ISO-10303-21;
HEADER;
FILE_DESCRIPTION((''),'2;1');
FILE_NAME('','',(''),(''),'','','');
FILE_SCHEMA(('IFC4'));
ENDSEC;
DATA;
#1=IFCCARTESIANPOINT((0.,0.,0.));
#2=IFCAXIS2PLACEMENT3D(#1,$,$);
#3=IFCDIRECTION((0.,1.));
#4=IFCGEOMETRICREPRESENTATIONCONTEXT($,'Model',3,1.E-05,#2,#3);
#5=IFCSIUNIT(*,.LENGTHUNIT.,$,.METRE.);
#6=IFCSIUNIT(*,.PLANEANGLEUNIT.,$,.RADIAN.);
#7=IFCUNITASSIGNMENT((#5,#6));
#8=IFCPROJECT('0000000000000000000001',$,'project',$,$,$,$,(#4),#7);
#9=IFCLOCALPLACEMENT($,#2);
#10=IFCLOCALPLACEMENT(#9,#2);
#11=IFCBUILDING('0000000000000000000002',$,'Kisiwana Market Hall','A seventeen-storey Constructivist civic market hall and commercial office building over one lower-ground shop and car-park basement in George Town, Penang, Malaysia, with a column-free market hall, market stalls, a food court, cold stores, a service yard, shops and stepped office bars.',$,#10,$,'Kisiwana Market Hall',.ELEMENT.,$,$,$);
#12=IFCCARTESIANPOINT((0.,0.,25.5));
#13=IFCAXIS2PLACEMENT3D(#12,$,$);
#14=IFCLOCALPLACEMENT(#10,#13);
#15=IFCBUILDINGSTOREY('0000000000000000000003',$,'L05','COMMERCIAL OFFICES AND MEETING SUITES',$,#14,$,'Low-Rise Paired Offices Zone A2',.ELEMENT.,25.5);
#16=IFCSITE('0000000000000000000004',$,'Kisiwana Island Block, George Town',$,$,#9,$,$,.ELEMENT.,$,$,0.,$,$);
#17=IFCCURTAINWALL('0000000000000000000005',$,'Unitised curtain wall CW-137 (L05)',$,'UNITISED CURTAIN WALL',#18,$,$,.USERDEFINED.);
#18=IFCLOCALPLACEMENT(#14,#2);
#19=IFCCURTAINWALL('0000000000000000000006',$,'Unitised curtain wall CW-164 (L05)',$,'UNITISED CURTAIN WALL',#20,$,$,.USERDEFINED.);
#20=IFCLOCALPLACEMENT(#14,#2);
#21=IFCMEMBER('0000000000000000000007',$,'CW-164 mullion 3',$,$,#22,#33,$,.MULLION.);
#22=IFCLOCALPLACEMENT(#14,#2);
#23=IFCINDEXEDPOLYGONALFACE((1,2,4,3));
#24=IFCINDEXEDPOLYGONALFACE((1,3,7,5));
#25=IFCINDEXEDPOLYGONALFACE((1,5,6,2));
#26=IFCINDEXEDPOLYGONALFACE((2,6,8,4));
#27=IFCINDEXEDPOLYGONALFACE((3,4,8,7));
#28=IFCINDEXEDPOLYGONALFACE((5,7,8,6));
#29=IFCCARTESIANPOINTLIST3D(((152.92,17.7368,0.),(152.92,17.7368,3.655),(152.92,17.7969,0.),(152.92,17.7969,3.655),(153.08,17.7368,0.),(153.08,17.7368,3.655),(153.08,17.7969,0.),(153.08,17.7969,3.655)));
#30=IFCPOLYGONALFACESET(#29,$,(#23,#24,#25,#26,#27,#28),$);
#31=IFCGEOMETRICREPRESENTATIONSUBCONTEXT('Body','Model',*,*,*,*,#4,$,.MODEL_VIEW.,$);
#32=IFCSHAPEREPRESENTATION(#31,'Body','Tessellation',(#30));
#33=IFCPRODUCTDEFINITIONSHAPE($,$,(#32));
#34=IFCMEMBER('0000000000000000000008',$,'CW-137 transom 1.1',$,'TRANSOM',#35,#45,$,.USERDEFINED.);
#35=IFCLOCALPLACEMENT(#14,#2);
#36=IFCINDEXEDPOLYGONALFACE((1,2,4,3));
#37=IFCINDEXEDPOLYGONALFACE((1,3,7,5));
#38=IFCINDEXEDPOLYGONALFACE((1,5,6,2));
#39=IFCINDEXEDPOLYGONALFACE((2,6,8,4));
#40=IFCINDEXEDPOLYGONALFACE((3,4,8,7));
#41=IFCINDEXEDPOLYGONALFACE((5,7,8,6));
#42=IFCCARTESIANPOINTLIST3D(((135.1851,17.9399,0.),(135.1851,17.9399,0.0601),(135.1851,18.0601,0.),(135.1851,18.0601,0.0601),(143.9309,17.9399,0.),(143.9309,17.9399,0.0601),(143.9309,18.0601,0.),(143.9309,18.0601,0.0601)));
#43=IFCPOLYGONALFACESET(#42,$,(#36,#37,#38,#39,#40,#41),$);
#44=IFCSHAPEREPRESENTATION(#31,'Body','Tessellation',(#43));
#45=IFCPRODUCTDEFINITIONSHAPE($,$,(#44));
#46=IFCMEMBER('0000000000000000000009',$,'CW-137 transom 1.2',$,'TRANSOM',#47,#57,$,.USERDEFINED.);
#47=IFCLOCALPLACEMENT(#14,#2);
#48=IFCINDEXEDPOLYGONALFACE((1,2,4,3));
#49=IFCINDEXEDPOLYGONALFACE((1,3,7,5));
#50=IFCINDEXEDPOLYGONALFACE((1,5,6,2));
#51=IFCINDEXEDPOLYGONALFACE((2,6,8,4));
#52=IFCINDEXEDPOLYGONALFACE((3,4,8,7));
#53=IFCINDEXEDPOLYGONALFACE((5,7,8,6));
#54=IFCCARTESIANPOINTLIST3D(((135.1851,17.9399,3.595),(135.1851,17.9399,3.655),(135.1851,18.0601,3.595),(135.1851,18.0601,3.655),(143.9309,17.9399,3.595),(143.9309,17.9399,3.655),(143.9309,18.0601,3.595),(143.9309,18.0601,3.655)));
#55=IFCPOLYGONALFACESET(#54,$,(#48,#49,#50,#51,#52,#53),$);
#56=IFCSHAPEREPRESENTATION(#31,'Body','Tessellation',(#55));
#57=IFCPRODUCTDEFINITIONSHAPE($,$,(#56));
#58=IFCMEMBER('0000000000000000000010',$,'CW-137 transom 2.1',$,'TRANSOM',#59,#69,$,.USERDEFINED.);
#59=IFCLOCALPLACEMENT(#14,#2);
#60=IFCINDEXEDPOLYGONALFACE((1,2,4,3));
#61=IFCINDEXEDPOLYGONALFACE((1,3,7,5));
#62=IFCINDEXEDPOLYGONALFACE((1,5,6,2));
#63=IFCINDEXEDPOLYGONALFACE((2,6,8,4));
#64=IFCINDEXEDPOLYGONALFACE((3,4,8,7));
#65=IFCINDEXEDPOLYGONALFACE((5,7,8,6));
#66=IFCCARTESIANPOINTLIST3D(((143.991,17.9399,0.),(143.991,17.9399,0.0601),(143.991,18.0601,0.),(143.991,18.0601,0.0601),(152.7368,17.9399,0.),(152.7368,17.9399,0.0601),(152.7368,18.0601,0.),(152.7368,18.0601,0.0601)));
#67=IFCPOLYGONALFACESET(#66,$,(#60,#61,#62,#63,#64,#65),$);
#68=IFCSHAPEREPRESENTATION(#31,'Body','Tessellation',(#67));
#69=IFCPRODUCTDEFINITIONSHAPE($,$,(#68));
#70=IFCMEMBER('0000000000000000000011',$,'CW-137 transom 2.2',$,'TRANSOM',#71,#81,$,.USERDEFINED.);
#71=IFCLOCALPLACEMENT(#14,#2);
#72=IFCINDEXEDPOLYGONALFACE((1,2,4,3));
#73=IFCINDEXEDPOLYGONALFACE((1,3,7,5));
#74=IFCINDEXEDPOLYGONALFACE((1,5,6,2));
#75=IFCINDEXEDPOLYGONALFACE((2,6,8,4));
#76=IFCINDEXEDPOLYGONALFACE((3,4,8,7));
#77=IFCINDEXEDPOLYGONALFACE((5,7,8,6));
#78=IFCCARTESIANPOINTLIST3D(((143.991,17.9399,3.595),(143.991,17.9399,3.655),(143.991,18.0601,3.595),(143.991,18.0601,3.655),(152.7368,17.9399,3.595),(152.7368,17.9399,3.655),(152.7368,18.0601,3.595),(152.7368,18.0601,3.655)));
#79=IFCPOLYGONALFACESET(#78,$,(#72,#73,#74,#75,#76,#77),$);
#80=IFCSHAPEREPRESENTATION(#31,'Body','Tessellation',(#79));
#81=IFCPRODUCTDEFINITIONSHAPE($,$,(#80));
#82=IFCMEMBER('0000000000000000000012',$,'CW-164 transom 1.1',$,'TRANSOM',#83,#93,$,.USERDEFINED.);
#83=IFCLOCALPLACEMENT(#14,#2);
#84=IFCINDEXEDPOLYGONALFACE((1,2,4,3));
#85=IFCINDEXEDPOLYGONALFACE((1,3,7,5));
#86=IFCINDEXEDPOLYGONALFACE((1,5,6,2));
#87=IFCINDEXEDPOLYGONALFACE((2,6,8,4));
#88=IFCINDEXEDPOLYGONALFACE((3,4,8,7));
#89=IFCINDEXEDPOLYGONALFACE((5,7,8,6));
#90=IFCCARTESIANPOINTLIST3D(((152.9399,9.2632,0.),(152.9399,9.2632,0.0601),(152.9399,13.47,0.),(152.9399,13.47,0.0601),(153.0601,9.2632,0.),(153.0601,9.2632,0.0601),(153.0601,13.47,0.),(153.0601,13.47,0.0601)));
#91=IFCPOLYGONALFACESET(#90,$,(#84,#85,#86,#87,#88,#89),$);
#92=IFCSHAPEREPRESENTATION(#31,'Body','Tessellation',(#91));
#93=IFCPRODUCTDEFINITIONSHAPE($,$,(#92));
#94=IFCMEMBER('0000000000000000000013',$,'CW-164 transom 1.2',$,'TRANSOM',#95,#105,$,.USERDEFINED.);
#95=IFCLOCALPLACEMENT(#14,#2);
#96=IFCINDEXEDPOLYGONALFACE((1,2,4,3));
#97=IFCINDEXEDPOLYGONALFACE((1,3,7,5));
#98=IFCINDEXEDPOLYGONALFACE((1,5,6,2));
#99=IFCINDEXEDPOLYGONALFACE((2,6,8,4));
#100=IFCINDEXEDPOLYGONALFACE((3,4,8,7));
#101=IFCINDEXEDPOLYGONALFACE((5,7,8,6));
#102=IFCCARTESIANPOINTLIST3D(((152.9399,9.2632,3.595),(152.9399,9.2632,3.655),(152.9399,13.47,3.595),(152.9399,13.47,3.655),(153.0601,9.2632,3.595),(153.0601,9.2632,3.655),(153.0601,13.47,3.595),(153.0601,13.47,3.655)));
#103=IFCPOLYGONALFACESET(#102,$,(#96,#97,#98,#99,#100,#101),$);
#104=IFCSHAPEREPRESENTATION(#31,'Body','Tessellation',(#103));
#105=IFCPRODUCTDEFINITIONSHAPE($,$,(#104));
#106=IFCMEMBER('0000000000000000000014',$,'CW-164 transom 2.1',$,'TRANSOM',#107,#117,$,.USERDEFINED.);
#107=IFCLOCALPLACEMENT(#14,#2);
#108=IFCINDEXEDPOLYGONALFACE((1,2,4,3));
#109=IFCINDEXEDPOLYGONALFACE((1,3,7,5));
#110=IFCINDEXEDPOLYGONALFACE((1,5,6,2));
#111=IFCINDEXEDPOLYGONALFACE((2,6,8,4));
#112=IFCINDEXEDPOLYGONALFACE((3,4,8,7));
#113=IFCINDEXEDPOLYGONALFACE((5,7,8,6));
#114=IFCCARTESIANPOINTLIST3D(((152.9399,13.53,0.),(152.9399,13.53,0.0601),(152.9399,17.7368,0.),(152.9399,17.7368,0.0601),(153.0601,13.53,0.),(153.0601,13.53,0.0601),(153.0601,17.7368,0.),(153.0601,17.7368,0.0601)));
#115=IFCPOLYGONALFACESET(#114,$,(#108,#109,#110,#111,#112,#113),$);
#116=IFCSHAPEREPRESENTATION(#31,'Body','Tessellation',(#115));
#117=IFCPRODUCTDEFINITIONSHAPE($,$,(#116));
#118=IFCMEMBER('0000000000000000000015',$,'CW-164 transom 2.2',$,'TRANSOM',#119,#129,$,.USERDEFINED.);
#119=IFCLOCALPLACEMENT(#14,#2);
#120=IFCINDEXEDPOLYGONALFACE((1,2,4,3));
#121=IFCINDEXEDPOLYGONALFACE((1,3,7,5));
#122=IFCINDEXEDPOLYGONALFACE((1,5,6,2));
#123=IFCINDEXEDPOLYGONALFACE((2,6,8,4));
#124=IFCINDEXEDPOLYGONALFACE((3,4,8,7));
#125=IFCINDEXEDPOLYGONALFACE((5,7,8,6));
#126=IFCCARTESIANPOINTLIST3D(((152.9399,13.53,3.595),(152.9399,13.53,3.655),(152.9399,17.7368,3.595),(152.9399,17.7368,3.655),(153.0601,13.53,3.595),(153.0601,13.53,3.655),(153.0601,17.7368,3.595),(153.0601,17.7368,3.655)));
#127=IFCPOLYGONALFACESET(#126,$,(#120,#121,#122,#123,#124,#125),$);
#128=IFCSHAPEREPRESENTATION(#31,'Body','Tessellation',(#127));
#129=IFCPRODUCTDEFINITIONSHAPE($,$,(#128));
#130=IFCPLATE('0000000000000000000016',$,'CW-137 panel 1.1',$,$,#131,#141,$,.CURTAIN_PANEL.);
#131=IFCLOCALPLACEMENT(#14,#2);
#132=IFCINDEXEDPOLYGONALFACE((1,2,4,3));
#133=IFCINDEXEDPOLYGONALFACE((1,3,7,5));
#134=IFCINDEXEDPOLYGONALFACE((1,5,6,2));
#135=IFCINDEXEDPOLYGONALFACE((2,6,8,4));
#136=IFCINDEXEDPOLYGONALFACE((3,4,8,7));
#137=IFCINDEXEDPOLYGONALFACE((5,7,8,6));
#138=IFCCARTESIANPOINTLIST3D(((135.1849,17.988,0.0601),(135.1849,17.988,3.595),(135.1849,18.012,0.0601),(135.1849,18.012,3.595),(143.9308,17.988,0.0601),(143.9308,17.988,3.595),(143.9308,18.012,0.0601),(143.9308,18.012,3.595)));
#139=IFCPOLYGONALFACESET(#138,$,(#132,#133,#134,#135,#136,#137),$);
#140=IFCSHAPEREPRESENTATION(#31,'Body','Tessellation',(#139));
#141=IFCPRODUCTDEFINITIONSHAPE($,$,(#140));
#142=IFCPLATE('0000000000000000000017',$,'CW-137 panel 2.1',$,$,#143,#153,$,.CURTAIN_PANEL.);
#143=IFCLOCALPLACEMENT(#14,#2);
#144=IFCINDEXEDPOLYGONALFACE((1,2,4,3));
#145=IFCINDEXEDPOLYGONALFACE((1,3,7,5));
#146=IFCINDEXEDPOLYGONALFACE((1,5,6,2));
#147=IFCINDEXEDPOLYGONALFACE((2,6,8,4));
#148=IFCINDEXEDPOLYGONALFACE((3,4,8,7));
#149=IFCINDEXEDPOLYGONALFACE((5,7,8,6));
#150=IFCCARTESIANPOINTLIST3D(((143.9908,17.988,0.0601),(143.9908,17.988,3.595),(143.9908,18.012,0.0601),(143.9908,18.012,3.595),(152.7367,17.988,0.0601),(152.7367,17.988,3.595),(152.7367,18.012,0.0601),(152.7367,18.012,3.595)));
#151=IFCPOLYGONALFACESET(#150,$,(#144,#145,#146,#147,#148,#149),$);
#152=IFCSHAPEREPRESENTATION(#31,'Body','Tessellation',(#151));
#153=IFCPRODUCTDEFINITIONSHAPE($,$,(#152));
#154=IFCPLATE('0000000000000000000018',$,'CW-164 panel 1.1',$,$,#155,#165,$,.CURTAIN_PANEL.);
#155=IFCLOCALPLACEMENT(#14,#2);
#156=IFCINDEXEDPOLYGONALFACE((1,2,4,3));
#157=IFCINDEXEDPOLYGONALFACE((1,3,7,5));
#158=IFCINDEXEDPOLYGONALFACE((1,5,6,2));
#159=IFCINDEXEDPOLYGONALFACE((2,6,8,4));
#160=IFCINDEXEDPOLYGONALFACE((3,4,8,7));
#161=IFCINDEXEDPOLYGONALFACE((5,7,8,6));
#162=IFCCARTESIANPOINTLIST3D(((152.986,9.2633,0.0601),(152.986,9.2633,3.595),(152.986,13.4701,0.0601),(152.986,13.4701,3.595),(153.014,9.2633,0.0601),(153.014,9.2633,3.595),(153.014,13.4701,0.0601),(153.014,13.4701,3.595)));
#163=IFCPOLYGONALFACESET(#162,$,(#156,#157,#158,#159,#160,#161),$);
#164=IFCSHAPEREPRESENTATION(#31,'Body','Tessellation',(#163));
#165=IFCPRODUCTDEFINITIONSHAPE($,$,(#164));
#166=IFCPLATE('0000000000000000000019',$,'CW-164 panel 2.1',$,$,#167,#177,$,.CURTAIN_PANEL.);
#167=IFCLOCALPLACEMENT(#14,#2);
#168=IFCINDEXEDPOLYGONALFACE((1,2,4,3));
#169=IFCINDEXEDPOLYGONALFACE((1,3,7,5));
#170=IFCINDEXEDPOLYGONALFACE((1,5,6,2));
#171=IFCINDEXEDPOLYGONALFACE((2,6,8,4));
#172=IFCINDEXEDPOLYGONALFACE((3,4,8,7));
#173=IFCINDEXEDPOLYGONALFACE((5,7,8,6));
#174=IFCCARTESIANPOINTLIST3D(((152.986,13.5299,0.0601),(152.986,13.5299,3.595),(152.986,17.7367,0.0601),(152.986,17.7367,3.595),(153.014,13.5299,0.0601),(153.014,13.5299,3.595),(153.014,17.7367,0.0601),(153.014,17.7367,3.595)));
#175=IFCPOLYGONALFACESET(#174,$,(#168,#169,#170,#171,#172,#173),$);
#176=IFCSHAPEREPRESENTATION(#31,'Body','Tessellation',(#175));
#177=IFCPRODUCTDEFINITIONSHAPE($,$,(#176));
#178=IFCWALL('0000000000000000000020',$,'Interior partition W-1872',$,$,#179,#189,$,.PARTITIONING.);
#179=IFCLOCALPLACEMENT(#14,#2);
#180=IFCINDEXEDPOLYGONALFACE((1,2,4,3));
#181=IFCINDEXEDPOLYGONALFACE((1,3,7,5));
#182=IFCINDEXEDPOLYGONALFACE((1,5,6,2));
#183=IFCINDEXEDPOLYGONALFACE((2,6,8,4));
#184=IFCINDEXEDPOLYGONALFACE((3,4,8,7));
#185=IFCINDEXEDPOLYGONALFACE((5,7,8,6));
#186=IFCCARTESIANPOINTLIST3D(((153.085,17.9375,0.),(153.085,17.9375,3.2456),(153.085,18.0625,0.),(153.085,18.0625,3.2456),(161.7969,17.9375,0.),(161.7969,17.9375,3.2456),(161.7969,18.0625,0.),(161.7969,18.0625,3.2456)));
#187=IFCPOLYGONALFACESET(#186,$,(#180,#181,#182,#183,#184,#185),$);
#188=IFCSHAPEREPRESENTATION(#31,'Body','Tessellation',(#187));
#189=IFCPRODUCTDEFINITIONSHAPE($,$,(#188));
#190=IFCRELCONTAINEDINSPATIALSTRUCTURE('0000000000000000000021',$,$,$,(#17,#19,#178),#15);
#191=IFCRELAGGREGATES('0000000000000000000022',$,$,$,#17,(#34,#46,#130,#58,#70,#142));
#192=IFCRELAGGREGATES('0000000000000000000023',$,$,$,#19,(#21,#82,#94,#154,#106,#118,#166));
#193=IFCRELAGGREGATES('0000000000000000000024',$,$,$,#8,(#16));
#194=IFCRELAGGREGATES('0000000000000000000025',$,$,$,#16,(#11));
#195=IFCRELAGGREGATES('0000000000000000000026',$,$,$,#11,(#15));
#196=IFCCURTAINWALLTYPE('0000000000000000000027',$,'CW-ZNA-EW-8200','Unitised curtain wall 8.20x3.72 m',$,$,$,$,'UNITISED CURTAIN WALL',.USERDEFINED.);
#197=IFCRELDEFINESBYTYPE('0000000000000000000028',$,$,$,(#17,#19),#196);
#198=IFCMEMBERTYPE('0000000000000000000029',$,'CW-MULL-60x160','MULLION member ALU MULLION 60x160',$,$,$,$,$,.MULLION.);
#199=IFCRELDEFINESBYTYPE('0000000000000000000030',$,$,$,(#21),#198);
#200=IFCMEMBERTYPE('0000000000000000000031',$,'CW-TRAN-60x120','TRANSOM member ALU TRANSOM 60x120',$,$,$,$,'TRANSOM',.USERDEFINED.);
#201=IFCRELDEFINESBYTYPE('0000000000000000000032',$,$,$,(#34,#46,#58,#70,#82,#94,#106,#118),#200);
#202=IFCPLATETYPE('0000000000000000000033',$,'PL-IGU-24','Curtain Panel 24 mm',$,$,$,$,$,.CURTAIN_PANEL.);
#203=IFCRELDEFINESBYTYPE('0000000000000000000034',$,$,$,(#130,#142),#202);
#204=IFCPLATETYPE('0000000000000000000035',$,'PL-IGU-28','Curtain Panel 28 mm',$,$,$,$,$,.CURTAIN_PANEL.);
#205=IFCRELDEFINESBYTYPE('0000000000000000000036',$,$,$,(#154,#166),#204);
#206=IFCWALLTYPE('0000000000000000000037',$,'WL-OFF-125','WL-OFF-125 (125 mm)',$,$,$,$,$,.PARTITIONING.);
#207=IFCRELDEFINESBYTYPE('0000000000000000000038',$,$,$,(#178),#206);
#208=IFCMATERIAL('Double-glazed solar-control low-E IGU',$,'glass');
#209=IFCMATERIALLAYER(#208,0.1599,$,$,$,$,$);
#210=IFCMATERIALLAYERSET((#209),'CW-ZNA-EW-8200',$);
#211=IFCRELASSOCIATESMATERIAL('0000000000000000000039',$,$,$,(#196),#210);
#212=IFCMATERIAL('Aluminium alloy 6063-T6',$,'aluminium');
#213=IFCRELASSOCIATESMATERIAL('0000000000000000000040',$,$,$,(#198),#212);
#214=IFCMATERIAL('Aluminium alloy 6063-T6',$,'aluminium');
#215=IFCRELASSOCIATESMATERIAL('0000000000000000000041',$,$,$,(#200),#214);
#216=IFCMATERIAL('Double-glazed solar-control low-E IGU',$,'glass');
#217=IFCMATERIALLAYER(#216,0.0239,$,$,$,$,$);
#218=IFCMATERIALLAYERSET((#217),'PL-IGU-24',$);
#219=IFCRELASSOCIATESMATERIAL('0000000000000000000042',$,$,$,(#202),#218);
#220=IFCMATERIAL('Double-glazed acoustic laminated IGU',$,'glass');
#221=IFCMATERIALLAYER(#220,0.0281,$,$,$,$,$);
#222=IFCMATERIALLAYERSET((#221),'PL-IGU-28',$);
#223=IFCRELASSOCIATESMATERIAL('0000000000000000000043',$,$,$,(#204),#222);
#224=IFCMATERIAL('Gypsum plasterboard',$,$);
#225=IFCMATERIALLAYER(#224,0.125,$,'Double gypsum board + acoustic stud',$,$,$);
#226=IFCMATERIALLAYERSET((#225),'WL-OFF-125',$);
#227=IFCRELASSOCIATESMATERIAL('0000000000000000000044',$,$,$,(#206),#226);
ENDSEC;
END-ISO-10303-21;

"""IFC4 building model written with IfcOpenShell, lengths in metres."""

from ifc_helpers import new_model, si_unit, direction, frame, frame_2d, origin, origin_2d, place, context, subcontext, project, spatial, rectangle, extrude, material, layer, layer_set, material_profile, profile_set, type_object, element, aggregate, save


model = new_model("IFC4")

# Units and contexts
model_context = context("Model", 3, precision=1e-05, world=origin(), true_north=direction((0.0, 1.0)))
body_context = subcontext(model_context, "Body", "Model", "MODEL_VIEW")
ifc_project = project(units=[si_unit("LENGTHUNIT", "METRE"), si_unit("PLANEANGLEUNIT", "RADIAN")], contexts=[model_context])

# Site, building, storey
site_placement = place(None, origin())
site = spatial("IfcSite", under=ifc_project, at=site_placement, Name="Kisiwana Island Block, George Town", CompositionType="ELEMENT", RefElevation=0.0)
building_placement = place(site_placement, origin())
building = spatial("IfcBuilding", under=site, at=building_placement, Name="Kisiwana Market Hall", Description="A seventeen-storey Constructivist civic market hall and commercial office building over one lower-ground shop and car-park basement in George Town, Penang, Malaysia, with a column-free market hall, market stalls, a food court, cold stores, a service yard, shops and stepped office bars.", LongName="Kisiwana Market Hall", CompositionType="ELEMENT")
storey_placement = place(building_placement, frame((0.0, 0.0, 25.5)))
storey = spatial("IfcBuildingStorey", under=building, at=storey_placement, Name="L05", Description="COMMERCIAL OFFICES AND MEETING SUITES", LongName="Low-Rise Paired Offices Zone A2", CompositionType="ELEMENT", Elevation=25.5)

# Shared definitions
ifc_material_1 = material(Name="Double-glazed solar-control low-E IGU", Category="glass")
ifc_layer_1 = layer(ifc_material_1, 0.1599)
ifc_layer_set_1 = layer_set([ifc_layer_1], Name="CW-ZNA-EW-8200")
curtain_wall_type = type_object("IfcCurtainWallType", Name="CW-ZNA-EW-8200", Description="Unitised curtain wall 8.20x3.72 m", ElementType="UNITISED CURTAIN WALL", PredefinedType="USERDEFINED", material=ifc_layer_set_1)
ifc_material_2 = material(Name="Aluminium alloy 6063-T6", Category="aluminium")
ifc_material_profile_1 = material_profile(ifc_material_2, rectangle(XDim=0.0601, YDim=0.1599, at=origin_2d()), Name="ALU MULLION 60x160")
ifc_profile_set_1 = profile_set([ifc_material_profile_1], Name="Aluminium alloy 6063-T6")
member_type_1 = type_object("IfcMemberType", Name="CW-MULL-60x160", Description="MULLION member ALU MULLION 60x160", PredefinedType="MULLION", material=ifc_profile_set_1)

# Curtain walls, member
curtain_wall_1_placement = place(storey_placement, origin())
curtain_wall_1 = element("IfcCurtainWall", 1, at=curtain_wall_1_placement, inside=storey, type_object=curtain_wall_type, Name="Unitised curtain wall CW-137 (L05)", ObjectType="UNITISED CURTAIN WALL", PredefinedType="USERDEFINED")
curtain_wall_2_placement = place(storey_placement, origin())
curtain_wall_2 = element("IfcCurtainWall", 2, at=curtain_wall_2_placement, inside=storey, type_object=curtain_wall_type, Name="Unitised curtain wall CW-164 (L05)", ObjectType="UNITISED CURTAIN WALL", PredefinedType="USERDEFINED")
member_1_placement = place(storey_placement, frame((153.0, 17.7668, 0.0), z_axis=(0.0, 0.0, 1.0), x_axis=(0.0, 1.0, 0.0)))
member_1 = element("IfcMember", 3, at=member_1_placement, type_object=member_type_1, Name="CW-164 mullion 3", PredefinedType="MULLION", context=body_context, shape_type="SweptSolid", body=[
    extrude(rectangle(XDim=0.0601, YDim=0.1599, at=origin_2d()), origin(), (0.0, 0.0, 1.0), 3.655),
])

# Members
ifc_material_3 = material(Name="Aluminium alloy 6063-T6", Category="aluminium")
ifc_material_profile_2 = material_profile(ifc_material_3, rectangle(XDim=0.1201, YDim=0.0601, at=origin_2d()), Name="ALU TRANSOM 60x120")
ifc_profile_set_2 = profile_set([ifc_material_profile_2], Name="Aluminium alloy 6063-T6")
member_type_2 = type_object("IfcMemberType", Name="CW-TRAN-60x120", Description="TRANSOM member ALU TRANSOM 60x120", ElementType="TRANSOM", PredefinedType="USERDEFINED", material=ifc_profile_set_2)
member_2_placement = place(storey_placement, frame((135.1851, 18.0, 0.03), z_axis=(1.0, 0.0, 0.0), x_axis=(0.0, 1.0, 0.0)))
member_2 = element("IfcMember", 4, at=member_2_placement, type_object=member_type_2, Name="CW-137 transom 1.1", ObjectType="TRANSOM", PredefinedType="USERDEFINED", context=body_context, shape_type="SweptSolid", body=[
    extrude(rectangle(XDim=0.1201, YDim=0.0601, at=origin_2d()), origin(), (0.0, 0.0, 1.0), 8.7458),
])
member_3_placement = place(storey_placement, frame((135.1851, 18.0, 3.625), z_axis=(1.0, 0.0, 0.0), x_axis=(0.0, 1.0, 0.0)))
member_3 = element("IfcMember", 5, at=member_3_placement, type_object=member_type_2, Name="CW-137 transom 1.2", ObjectType="TRANSOM", PredefinedType="USERDEFINED", context=body_context, shape_type="SweptSolid", body=[
    extrude(rectangle(XDim=0.1201, YDim=0.0601, at=origin_2d()), origin(), (0.0, 0.0, 1.0), 8.7458),
])
member_4_placement = place(storey_placement, frame((143.991, 18.0, 0.03), z_axis=(1.0, 0.0, 0.0), x_axis=(0.0, 1.0, 0.0)))
member_4 = element("IfcMember", 6, at=member_4_placement, type_object=member_type_2, Name="CW-137 transom 2.1", ObjectType="TRANSOM", PredefinedType="USERDEFINED", context=body_context, shape_type="SweptSolid", body=[
    extrude(rectangle(XDim=0.1201, YDim=0.0601, at=origin_2d()), origin(), (0.0, 0.0, 1.0), 8.7458),
])
member_5_placement = place(storey_placement, frame((143.991, 18.0, 3.625), z_axis=(1.0, 0.0, 0.0), x_axis=(0.0, 1.0, 0.0)))
member_5 = element("IfcMember", 7, at=member_5_placement, type_object=member_type_2, Name="CW-137 transom 2.2", ObjectType="TRANSOM", PredefinedType="USERDEFINED", context=body_context, shape_type="SweptSolid", body=[
    extrude(rectangle(XDim=0.1201, YDim=0.0601, at=origin_2d()), origin(), (0.0, 0.0, 1.0), 8.7458),
])
member_6_placement = place(storey_placement, frame((153.0, 9.2632, 0.03), z_axis=(0.0, 1.0, 0.0), x_axis=(-1.0, 0.0, 0.0)))
member_6 = element("IfcMember", 8, at=member_6_placement, type_object=member_type_2, Name="CW-164 transom 1.1", ObjectType="TRANSOM", PredefinedType="USERDEFINED", context=body_context, shape_type="SweptSolid", body=[
    extrude(rectangle(XDim=0.1201, YDim=0.0601, at=origin_2d()), origin(), (0.0, 0.0, 1.0), 4.2068),
])
member_7_placement = place(storey_placement, frame((153.0, 9.2632, 3.625), z_axis=(0.0, 1.0, 0.0), x_axis=(-1.0, 0.0, 0.0)))
member_7 = element("IfcMember", 9, at=member_7_placement, type_object=member_type_2, Name="CW-164 transom 1.2", ObjectType="TRANSOM", PredefinedType="USERDEFINED", context=body_context, shape_type="SweptSolid", body=[
    extrude(rectangle(XDim=0.1201, YDim=0.0601, at=origin_2d()), origin(), (0.0, 0.0, 1.0), 4.2068),
])
member_8_placement = place(storey_placement, frame((153.0, 13.53, 0.03), z_axis=(0.0, 1.0, 0.0), x_axis=(-1.0, 0.0, 0.0)))
member_8 = element("IfcMember", 10, at=member_8_placement, type_object=member_type_2, Name="CW-164 transom 2.1", ObjectType="TRANSOM", PredefinedType="USERDEFINED", context=body_context, shape_type="SweptSolid", body=[
    extrude(rectangle(XDim=0.1201, YDim=0.0601, at=origin_2d()), origin(), (0.0, 0.0, 1.0), 4.2068),
])
member_9_placement = place(storey_placement, frame((153.0, 13.53, 3.625), z_axis=(0.0, 1.0, 0.0), x_axis=(-1.0, 0.0, 0.0)))
member_9 = element("IfcMember", 11, at=member_9_placement, type_object=member_type_2, Name="CW-164 transom 2.2", ObjectType="TRANSOM", PredefinedType="USERDEFINED", context=body_context, shape_type="SweptSolid", body=[
    extrude(rectangle(XDim=0.1201, YDim=0.0601, at=origin_2d()), origin(), (0.0, 0.0, 1.0), 4.2068),
])

# Plates
ifc_material_4 = material(Name="Double-glazed solar-control low-E IGU", Category="glass")
ifc_layer_2 = layer(ifc_material_4, 0.0239)
ifc_layer_set_2 = layer_set([ifc_layer_2], Name="PL-IGU-24")
plate_type_1 = type_object("IfcPlateType", Name="PL-IGU-24", Description="Curtain Panel 24 mm", PredefinedType="CURTAIN_PANEL", material=ifc_layer_set_2)
plate_1_placement = place(storey_placement, frame((139.5579, 18.0, 0.0601), z_axis=(0.0, 0.0, 1.0), x_axis=(1.0, 0.0, 0.0)))
plate_1 = element("IfcPlate", 12, at=plate_1_placement, type_object=plate_type_1, Name="CW-137 panel 1.1", PredefinedType="CURTAIN_PANEL", context=body_context, shape_type="SweptSolid", body=[
    extrude(rectangle(XDim=8.7458, YDim=0.0239, at=origin_2d()), origin(), (0.0, 0.0, 1.0), 3.5349),
])
plate_2_placement = place(storey_placement, frame((148.3638, 18.0, 0.0601), z_axis=(0.0, 0.0, 1.0), x_axis=(1.0, 0.0, 0.0)))
plate_2 = element("IfcPlate", 13, at=plate_2_placement, type_object=plate_type_1, Name="CW-137 panel 2.1", PredefinedType="CURTAIN_PANEL", context=body_context, shape_type="SweptSolid", body=[
    extrude(rectangle(XDim=8.7458, YDim=0.0239, at=origin_2d()), origin(), (0.0, 0.0, 1.0), 3.5349),
])
aggregate(curtain_wall_1, [member_2, member_3, plate_1, member_4, member_5, plate_2])
ifc_material_5 = material(Name="Double-glazed acoustic laminated IGU", Category="glass")
ifc_layer_3 = layer(ifc_material_5, 0.0281)
ifc_layer_set_3 = layer_set([ifc_layer_3], Name="PL-IGU-28")
plate_type_2 = type_object("IfcPlateType", Name="PL-IGU-28", Description="Curtain Panel 28 mm", PredefinedType="CURTAIN_PANEL", material=ifc_layer_set_3)
plate_3_placement = place(storey_placement, frame((153.0, 11.3667, 0.0601), z_axis=(0.0, 0.0, 1.0), x_axis=(0.0, 1.0, 0.0)))
plate_3 = element("IfcPlate", 14, at=plate_3_placement, type_object=plate_type_2, Name="CW-164 panel 1.1", PredefinedType="CURTAIN_PANEL", context=body_context, shape_type="SweptSolid", body=[
    extrude(rectangle(XDim=4.2068, YDim=0.0281, at=origin_2d()), origin(), (0.0, 0.0, 1.0), 3.5349),
])
plate_4_placement = place(storey_placement, frame((153.0, 15.6333, 0.0601), z_axis=(0.0, 0.0, 1.0), x_axis=(0.0, 1.0, 0.0)))
plate_4 = element("IfcPlate", 15, at=plate_4_placement, type_object=plate_type_2, Name="CW-164 panel 2.1", PredefinedType="CURTAIN_PANEL", context=body_context, shape_type="SweptSolid", body=[
    extrude(rectangle(XDim=4.2068, YDim=0.0281, at=origin_2d()), origin(), (0.0, 0.0, 1.0), 3.5349),
])
aggregate(curtain_wall_2, [member_1, member_6, member_7, plate_3, member_8, member_9, plate_4])

# Wall
ifc_material_6 = material(Name="Gypsum plasterboard")
ifc_layer_4 = layer(ifc_material_6, 0.125, Name="Double gypsum board + acoustic stud")
ifc_layer_set_4 = layer_set([ifc_layer_4], Name="WL-OFF-125")
wall_type = type_object("IfcWallType", Name="WL-OFF-125", Description="WL-OFF-125 (125 mm)", PredefinedType="PARTITIONING", material=ifc_layer_set_4)
wall_placement = place(storey_placement, frame((153.085, 18.0, 0.0), z_axis=(0.0, 0.0, 1.0), x_axis=(1.0, 0.0, 0.0)))
element("IfcWall", 16, at=wall_placement, inside=storey, type_object=wall_type, Name="Interior partition W-1872", PredefinedType="PARTITIONING", context=body_context, shape_type="SweptSolid", body=[
    extrude(rectangle(XDim=8.7119, YDim=0.125, at=frame_2d((4.356, 0.0))), origin(), (0.0, 0.0, 1.0), 3.2456),
])

save(model, "model.ifc")
